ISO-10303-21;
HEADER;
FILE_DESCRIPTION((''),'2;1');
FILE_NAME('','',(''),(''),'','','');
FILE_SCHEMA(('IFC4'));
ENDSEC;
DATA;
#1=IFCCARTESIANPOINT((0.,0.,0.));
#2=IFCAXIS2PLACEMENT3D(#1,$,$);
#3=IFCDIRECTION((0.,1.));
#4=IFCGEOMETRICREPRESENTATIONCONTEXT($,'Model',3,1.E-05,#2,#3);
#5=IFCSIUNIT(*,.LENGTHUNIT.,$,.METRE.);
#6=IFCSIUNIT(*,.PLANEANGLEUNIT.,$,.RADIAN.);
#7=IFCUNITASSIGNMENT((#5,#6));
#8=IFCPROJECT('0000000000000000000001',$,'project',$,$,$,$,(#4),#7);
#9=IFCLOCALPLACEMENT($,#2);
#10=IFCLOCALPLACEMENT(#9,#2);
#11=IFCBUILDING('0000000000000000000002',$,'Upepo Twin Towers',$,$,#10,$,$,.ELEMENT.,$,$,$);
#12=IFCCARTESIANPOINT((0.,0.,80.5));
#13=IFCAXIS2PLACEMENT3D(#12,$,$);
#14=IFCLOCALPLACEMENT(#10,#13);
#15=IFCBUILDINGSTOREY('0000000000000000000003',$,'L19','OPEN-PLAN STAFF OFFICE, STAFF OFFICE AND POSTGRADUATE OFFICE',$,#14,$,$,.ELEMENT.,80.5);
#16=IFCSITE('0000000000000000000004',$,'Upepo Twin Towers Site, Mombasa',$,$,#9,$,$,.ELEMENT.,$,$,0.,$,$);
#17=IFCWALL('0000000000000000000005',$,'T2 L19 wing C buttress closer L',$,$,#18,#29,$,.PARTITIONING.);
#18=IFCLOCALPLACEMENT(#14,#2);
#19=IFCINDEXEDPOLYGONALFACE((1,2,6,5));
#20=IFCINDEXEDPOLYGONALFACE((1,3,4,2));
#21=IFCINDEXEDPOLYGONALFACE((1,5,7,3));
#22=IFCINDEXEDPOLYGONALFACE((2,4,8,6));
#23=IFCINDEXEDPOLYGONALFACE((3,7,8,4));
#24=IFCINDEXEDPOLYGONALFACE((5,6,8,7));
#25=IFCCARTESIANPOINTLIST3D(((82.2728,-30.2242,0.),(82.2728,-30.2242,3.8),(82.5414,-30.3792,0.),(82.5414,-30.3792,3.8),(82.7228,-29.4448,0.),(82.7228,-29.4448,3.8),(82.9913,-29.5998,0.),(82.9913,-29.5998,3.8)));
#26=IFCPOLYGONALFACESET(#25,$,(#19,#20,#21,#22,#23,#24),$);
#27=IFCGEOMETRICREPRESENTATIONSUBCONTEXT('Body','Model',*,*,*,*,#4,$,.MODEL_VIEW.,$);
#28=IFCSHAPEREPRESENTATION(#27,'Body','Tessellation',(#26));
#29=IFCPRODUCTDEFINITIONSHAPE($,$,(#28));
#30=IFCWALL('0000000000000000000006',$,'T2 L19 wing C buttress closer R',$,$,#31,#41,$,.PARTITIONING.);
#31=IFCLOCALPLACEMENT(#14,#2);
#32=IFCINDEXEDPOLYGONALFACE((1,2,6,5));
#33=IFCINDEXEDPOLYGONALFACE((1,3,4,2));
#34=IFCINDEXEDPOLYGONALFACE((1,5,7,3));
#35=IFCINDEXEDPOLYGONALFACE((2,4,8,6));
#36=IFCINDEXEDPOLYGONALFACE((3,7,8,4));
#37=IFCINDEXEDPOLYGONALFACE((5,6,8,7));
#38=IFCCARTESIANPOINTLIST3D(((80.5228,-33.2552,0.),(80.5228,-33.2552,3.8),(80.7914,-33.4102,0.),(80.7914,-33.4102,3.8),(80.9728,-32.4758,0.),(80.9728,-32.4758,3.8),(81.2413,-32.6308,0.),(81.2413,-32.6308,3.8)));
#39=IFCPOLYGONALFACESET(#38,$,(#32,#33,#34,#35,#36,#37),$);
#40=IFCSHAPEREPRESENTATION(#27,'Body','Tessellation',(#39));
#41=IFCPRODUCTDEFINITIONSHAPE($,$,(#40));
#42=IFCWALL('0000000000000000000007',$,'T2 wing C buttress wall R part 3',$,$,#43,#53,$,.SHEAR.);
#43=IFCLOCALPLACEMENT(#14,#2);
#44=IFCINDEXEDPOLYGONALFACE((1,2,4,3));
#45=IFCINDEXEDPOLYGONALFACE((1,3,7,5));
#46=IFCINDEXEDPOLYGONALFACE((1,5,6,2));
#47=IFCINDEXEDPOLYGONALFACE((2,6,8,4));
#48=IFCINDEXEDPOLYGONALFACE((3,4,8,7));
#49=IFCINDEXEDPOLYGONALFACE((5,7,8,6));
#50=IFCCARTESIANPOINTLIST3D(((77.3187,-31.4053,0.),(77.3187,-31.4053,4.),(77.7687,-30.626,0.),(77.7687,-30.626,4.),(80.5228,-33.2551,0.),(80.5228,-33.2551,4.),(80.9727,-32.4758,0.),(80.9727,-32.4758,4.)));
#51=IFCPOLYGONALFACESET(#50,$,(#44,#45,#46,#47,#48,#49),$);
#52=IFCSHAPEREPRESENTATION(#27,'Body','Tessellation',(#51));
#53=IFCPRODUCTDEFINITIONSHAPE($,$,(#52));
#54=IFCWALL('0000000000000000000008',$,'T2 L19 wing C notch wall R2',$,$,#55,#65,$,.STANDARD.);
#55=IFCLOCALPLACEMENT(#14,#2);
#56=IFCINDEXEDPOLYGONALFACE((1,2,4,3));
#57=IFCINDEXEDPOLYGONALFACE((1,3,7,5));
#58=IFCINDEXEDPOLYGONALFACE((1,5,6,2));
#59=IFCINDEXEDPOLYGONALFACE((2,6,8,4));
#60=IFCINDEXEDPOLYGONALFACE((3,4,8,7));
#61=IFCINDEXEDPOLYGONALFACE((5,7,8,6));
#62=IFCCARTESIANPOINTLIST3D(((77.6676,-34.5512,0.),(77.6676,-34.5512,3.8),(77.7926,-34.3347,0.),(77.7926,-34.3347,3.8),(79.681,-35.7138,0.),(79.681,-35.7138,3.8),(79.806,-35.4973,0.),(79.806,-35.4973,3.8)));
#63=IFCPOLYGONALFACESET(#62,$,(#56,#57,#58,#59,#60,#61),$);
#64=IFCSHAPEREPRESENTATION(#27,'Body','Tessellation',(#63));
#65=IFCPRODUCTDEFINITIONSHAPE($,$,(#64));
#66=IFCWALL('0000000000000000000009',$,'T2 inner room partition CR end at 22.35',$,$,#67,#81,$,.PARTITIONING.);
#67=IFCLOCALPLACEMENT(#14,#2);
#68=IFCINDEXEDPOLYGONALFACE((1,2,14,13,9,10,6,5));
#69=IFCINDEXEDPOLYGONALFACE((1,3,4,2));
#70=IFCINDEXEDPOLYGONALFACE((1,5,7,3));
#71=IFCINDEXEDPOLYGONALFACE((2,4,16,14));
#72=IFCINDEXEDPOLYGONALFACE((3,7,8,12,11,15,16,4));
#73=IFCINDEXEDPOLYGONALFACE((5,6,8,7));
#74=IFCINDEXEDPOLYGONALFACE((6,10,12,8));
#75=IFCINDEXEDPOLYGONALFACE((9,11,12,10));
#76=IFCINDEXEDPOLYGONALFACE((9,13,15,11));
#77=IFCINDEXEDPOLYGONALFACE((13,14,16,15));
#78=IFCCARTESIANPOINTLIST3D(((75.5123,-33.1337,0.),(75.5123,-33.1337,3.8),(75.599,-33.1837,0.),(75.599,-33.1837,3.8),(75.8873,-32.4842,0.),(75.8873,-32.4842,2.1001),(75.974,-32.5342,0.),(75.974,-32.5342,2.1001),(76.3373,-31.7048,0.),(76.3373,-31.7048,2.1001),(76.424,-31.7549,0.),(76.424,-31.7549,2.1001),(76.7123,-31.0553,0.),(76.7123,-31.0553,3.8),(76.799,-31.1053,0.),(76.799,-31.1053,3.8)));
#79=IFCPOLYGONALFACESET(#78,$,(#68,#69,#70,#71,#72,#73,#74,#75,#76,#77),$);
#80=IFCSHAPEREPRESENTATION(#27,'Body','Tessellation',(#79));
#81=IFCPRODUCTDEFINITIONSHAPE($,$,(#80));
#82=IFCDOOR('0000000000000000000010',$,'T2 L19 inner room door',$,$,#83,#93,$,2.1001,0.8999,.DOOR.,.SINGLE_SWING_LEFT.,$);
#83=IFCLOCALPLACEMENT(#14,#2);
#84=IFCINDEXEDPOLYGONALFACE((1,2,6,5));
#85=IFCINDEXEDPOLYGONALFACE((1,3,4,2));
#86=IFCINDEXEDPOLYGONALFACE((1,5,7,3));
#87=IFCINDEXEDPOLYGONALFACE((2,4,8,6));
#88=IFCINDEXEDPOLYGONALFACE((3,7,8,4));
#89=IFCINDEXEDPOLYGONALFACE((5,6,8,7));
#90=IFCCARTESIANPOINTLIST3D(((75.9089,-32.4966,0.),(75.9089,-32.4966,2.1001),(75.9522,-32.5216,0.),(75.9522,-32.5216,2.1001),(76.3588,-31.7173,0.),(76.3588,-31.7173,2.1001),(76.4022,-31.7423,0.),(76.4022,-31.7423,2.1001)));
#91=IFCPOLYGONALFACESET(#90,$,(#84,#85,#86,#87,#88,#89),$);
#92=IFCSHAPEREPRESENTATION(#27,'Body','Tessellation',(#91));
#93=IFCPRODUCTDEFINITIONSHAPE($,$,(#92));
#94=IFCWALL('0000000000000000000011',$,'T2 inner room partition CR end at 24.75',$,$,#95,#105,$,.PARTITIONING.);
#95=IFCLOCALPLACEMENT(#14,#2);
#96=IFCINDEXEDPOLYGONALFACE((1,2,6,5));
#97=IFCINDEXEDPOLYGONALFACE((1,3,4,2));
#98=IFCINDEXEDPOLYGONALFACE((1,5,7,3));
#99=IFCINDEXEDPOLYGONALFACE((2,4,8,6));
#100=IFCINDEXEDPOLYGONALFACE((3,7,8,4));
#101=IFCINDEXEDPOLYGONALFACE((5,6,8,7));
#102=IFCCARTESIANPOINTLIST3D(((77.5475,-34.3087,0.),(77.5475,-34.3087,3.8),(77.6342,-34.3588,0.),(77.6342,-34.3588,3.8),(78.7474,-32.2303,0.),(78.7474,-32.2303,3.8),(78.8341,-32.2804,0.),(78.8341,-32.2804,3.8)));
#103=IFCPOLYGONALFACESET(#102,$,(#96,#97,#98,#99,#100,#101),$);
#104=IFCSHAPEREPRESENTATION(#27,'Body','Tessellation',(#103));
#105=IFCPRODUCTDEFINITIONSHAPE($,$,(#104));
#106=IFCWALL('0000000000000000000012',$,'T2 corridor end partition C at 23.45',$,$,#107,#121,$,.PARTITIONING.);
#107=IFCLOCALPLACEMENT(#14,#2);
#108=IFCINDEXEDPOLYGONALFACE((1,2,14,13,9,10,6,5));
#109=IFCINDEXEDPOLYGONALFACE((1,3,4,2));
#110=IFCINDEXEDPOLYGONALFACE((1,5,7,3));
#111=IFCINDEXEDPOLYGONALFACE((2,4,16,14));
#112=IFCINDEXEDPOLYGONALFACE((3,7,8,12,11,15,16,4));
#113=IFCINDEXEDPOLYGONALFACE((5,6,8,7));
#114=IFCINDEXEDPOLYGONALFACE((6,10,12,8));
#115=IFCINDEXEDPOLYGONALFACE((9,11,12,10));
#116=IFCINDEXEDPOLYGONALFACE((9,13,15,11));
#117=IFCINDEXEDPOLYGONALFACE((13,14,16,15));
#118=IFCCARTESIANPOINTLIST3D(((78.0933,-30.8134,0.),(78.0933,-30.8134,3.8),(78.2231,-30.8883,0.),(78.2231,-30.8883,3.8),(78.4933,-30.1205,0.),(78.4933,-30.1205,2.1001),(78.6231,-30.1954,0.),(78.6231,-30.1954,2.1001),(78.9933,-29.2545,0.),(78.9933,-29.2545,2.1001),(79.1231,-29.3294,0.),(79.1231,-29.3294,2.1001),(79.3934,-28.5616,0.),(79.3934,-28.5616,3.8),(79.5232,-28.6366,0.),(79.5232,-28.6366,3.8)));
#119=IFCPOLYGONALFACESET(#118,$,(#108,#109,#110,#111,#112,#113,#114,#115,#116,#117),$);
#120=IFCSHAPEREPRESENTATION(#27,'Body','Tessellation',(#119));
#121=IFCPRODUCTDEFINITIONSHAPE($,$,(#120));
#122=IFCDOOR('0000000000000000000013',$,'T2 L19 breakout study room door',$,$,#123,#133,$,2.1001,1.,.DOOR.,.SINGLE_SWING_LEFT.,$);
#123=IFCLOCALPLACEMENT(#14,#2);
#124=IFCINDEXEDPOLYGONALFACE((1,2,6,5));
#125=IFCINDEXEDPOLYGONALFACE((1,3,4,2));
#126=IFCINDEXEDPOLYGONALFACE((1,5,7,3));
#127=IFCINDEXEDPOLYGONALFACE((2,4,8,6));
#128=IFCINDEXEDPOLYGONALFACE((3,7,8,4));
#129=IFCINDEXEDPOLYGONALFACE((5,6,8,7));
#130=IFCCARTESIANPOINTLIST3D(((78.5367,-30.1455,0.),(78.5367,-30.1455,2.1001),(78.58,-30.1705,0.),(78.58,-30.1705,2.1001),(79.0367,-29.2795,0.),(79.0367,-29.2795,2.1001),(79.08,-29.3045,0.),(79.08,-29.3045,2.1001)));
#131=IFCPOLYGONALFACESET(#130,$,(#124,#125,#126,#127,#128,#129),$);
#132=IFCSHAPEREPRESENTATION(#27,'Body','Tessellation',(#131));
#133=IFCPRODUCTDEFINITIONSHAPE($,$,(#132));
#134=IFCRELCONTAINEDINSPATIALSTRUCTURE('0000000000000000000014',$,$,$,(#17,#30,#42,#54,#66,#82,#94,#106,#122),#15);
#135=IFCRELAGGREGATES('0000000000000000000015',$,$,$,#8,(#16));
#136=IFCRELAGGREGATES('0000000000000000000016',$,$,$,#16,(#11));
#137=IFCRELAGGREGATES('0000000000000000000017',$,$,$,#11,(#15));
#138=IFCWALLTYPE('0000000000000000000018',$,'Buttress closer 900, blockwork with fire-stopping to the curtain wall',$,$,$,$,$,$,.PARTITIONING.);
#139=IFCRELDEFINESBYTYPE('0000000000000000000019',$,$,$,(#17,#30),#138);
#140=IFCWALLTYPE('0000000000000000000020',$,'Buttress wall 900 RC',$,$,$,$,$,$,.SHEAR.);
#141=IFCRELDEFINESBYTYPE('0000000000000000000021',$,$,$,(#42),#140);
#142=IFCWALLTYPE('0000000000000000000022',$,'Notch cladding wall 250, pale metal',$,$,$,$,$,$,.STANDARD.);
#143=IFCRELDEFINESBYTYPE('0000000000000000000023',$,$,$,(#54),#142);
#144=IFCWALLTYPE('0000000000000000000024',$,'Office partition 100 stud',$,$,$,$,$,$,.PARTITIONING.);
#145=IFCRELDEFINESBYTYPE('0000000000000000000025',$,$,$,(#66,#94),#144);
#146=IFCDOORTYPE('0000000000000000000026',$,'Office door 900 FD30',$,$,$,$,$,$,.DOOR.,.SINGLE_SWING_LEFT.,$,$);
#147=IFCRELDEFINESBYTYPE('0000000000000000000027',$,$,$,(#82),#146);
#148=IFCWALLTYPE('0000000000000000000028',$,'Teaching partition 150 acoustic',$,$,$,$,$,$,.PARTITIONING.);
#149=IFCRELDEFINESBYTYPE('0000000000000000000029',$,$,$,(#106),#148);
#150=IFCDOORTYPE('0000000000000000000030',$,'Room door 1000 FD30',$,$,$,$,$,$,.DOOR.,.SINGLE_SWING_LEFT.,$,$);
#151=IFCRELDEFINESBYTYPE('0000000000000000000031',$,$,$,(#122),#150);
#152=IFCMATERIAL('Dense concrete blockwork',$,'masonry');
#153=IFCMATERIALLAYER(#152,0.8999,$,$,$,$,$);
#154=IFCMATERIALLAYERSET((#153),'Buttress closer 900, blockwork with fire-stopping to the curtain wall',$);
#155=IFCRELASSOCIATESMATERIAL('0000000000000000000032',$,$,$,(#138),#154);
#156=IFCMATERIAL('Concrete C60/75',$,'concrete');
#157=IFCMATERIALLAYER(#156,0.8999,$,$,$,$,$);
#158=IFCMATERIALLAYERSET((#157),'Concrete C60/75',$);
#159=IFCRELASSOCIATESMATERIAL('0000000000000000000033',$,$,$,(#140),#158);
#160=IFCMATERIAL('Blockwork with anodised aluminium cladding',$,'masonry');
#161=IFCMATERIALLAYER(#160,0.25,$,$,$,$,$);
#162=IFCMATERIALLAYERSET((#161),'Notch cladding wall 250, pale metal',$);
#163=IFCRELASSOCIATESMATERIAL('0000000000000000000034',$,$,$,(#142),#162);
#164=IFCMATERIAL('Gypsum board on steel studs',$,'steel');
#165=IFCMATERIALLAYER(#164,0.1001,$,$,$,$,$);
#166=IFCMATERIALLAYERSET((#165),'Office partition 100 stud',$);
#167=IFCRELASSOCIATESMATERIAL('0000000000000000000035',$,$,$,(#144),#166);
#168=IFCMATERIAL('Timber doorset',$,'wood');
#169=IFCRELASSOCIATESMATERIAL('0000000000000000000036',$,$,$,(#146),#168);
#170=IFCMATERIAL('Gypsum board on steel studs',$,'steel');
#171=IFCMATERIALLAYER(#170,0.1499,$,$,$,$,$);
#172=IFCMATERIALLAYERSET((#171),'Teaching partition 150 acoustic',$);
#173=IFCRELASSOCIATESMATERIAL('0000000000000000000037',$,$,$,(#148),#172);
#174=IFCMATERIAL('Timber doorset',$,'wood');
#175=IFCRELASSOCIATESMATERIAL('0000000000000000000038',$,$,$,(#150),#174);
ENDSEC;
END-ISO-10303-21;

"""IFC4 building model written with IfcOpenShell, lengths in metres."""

from ifc_helpers import new_model, si_unit, direction, frame, frame_2d, origin, place, context, subcontext, project, spatial, rectangle, extrude, material, layer, layer_set, type_object, element, fill, save


model = new_model("IFC4")

# Units and contexts
model_context = context("Model", 3, precision=1e-05, world=origin(), true_north=direction((0.0, 1.0)))
body_context = subcontext(model_context, "Body", "Model", "MODEL_VIEW")
ifc_project = project(units=[si_unit("LENGTHUNIT", "METRE"), si_unit("PLANEANGLEUNIT", "RADIAN")], contexts=[model_context])

# Site, building, storey
site_placement = place(None, origin())
site = spatial("IfcSite", under=ifc_project, at=site_placement, Name="Upepo Twin Towers Site, Mombasa", CompositionType="ELEMENT", RefElevation=0.0)
building_placement = place(site_placement, origin())
building = spatial("IfcBuilding", under=site, at=building_placement, Name="Upepo Twin Towers", CompositionType="ELEMENT")
storey_placement = place(building_placement, frame((0.0, 0.0, 80.5)))
storey = spatial("IfcBuildingStorey", under=building, at=storey_placement, Name="L19", Description="OPEN-PLAN STAFF OFFICE, STAFF OFFICE AND POSTGRADUATE OFFICE", CompositionType="ELEMENT", Elevation=80.5)

# Walls
ifc_material_1 = material(Name="Dense concrete blockwork", Category="masonry")
ifc_layer_1 = layer(ifc_material_1, 0.8999)
ifc_layer_set_1 = layer_set([ifc_layer_1], Name="Buttress closer 900, blockwork with fire-stopping to the curtain wall")
wall_type_1 = type_object("IfcWallType", Name="Buttress closer 900, blockwork with fire-stopping to the curtain wall", PredefinedType="PARTITIONING", material=ifc_layer_set_1)
for number, where, z_axis, x_axis, name in (
    (1, (82.4978, -29.8345, 0.0), (0.0, 0.0, 1.0), (0.866054, -0.49995, 0.0), "T2 L19 wing C buttress closer L"),
    (2, (80.7478, -32.8655, 0.0), (0.0, 0.0, 1.0), (0.866054, -0.49995, 0.0), "T2 L19 wing C buttress closer R"),
):
    element("IfcWall", number, at=place(storey_placement, frame(where, z_axis=z_axis, x_axis=x_axis)), inside=storey, type_object=wall_type_1, Name=name, PredefinedType="PARTITIONING", context=body_context, shape_type="SweptSolid", body=[
        extrude(rectangle(XDim=0.3101, YDim=0.8999, at=frame_2d((0.155, 0.0))), origin(), (0.0, 0.0, 1.0), 3.8),
    ])
ifc_material_2 = material(Name="Concrete C60/75", Category="concrete")
ifc_layer_2 = layer(ifc_material_2, 0.8999)
ifc_layer_set_2 = layer_set([ifc_layer_2], Name="Concrete C60/75")
wall_type_2 = type_object("IfcWallType", Name="Buttress wall 900 RC", PredefinedType="SHEAR", material=ifc_layer_set_2)
wall_1_placement = place(storey_placement, frame((77.5437, -31.0156, 0.0), z_axis=(0.0, 0.0, 1.0), x_axis=(0.86603, -0.499993, 0.0)))
element("IfcWall", 3, at=wall_1_placement, inside=storey, type_object=wall_type_2, Name="T2 wing C buttress wall R part 3", PredefinedType="SHEAR", context=body_context, shape_type="SweptSolid", body=[
    extrude(rectangle(XDim=3.6997, YDim=0.8999, at=frame_2d((1.8499, 0.0))), origin(), (0.0, 0.0, 1.0), 4.0),
])
ifc_material_3 = material(Name="Blockwork with anodised aluminium cladding", Category="masonry")
ifc_layer_3 = layer(ifc_material_3, 0.25)
ifc_layer_set_3 = layer_set([ifc_layer_3], Name="Notch cladding wall 250, pale metal")
wall_type_3 = type_object("IfcWallType", Name="Notch cladding wall 250, pale metal", PredefinedType="STANDARD", material=ifc_layer_set_3)
wall_2_placement = place(storey_placement, frame((77.73, -34.4429, 0.0), z_axis=(0.0, 0.0, 1.0), x_axis=(0.865998, -0.500047, 0.0)))
element("IfcWall", 4, at=wall_2_placement, inside=storey, type_object=wall_type_3, Name="T2 L19 wing C notch wall R2", PredefinedType="STANDARD", context=body_context, shape_type="SweptSolid", body=[
    extrude(rectangle(XDim=2.325, YDim=0.25, at=frame_2d((1.1626, 0.0))), origin(), (0.0, 0.0, 1.0), 3.8),
])

# Wall, opening, door
ifc_material_4 = material(Name="Gypsum board on steel studs", Category="steel")
ifc_layer_4 = layer(ifc_material_4, 0.1001)
ifc_layer_set_4 = layer_set([ifc_layer_4], Name="Office partition 100 stud")
wall_type_4 = type_object("IfcWallType", Name="Office partition 100 stud", PredefinedType="PARTITIONING", material=ifc_layer_set_4)
wall_3_placement = place(storey_placement, frame((76.7556, -31.0803, 0.0), z_axis=(0.0, 0.0, 1.0), x_axis=(-0.500001, -0.866025, 0.0)))
wall_3 = element("IfcWall", 5, at=wall_3_placement, inside=storey, type_object=wall_type_4, Name="T2 inner room partition CR end at 22.35", PredefinedType="PARTITIONING", context=body_context, shape_type="SweptSolid", body=[
    extrude(rectangle(XDim=2.3999, YDim=0.1001, at=frame_2d((1.2, 0.0))), origin(), (0.0, 0.0, 1.0), 3.8),
])
opening_1_placement = place(wall_3_placement, frame((0.75, 0.0, 0.0)))
opening_1 = element("IfcOpeningElement", 6, at=opening_1_placement, cuts=wall_3, PredefinedType="OPENING", context=body_context, shape_type="SweptSolid", body=[
    extrude(rectangle(XDim=0.8999, YDim=2.1001, at=frame_2d((0.45, 1.05))), frame((0.0, 0.0601, 0.0), z_axis=(0.0, -1.0, 0.0), x_axis=(1.0, 0.0, 0.0)), (0.0, 0.0, 1.0), 0.1201),
])
ifc_material_5 = material(Name="Timber doorset", Category="wood")
door_type_1 = type_object("IfcDoorType", Name="Office door 900 FD30", OperationType="SINGLE_SWING_LEFT", PredefinedType="DOOR", material=ifc_material_5)
door_1_placement = place(opening_1_placement, origin())
door_1 = element("IfcDoor", 7, at=door_1_placement, inside=storey, type_object=door_type_1, Name="T2 L19 inner room door", OperationType="SINGLE_SWING_LEFT", OverallHeight=2.1001, OverallWidth=0.8999, PredefinedType="DOOR", context=body_context, shape_type="SweptSolid", body=[
    extrude(rectangle(XDim=0.8999, YDim=2.1001, at=frame_2d((0.45, 1.05))), frame((0.0, 0.0249, 0.0), z_axis=(0.0, -1.0, 0.0), x_axis=(1.0, 0.0, 0.0)), (0.0, 0.0, 1.0), 0.05),
])
fill(opening_1, door_1)

# Wall
wall_4_placement = place(storey_placement, frame((78.7908, -32.2554, 0.0), z_axis=(0.0, 0.0, 1.0), x_axis=(-0.500001, -0.866025, 0.0)))
element("IfcWall", 8, at=wall_4_placement, inside=storey, type_object=wall_type_4, Name="T2 inner room partition CR end at 24.75", PredefinedType="PARTITIONING", context=body_context, shape_type="SweptSolid", body=[
    extrude(rectangle(XDim=2.3999, YDim=0.1001, at=frame_2d((1.2, 0.0))), origin(), (0.0, 0.0, 1.0), 3.8),
])

# Wall, opening, door
ifc_material_6 = material(Name="Gypsum board on steel studs", Category="steel")
ifc_layer_5 = layer(ifc_material_6, 0.1499)
ifc_layer_set_5 = layer_set([ifc_layer_5], Name="Teaching partition 150 acoustic")
wall_type_5 = type_object("IfcWallType", Name="Teaching partition 150 acoustic", PredefinedType="PARTITIONING", material=ifc_layer_set_5)
wall_5_placement = place(storey_placement, frame((78.1582, -30.8508, 0.0), z_axis=(0.0, 0.0, 1.0), x_axis=(0.500007, 0.866021, 0.0)))
wall_5 = element("IfcWall", 9, at=wall_5_placement, inside=storey, type_object=wall_type_5, Name="T2 corridor end partition C at 23.45", PredefinedType="PARTITIONING", context=body_context, shape_type="SweptSolid", body=[
    extrude(rectangle(XDim=2.6001, YDim=0.1499, at=frame_2d((1.3, 0.0))), origin(), (0.0, 0.0, 1.0), 3.8),
])
opening_2_placement = place(wall_5_placement, frame((0.8, 0.0, 0.0)))
opening_2 = element("IfcOpeningElement", 10, at=opening_2_placement, cuts=wall_5, PredefinedType="OPENING", context=body_context, shape_type="SweptSolid", body=[
    extrude(rectangle(XDim=1.0, YDim=2.1001, at=frame_2d((0.5, 1.05))), frame((0.0, 0.085, 0.0), z_axis=(0.0, -1.0, 0.0), x_axis=(1.0, 0.0, 0.0)), (0.0, 0.0, 1.0), 0.1699),
])
ifc_material_7 = material(Name="Timber doorset", Category="wood")
door_type_2 = type_object("IfcDoorType", Name="Room door 1000 FD30", OperationType="SINGLE_SWING_LEFT", PredefinedType="DOOR", material=ifc_material_7)
door_2_placement = place(opening_2_placement, origin())
door_2 = element("IfcDoor", 11, at=door_2_placement, inside=storey, type_object=door_type_2, Name="T2 L19 breakout study room door", OperationType="SINGLE_SWING_LEFT", OverallHeight=2.1001, OverallWidth=1.0, PredefinedType="DOOR", context=body_context, shape_type="SweptSolid", body=[
    extrude(rectangle(XDim=1.0, YDim=2.1001, at=frame_2d((0.5, 1.05))), frame((0.0, 0.0249, 0.0), z_axis=(0.0, -1.0, 0.0), x_axis=(1.0, 0.0, 0.0)), (0.0, 0.0, 1.0), 0.05),
])
fill(opening_2, door_2)

save(model, "model.ifc")
